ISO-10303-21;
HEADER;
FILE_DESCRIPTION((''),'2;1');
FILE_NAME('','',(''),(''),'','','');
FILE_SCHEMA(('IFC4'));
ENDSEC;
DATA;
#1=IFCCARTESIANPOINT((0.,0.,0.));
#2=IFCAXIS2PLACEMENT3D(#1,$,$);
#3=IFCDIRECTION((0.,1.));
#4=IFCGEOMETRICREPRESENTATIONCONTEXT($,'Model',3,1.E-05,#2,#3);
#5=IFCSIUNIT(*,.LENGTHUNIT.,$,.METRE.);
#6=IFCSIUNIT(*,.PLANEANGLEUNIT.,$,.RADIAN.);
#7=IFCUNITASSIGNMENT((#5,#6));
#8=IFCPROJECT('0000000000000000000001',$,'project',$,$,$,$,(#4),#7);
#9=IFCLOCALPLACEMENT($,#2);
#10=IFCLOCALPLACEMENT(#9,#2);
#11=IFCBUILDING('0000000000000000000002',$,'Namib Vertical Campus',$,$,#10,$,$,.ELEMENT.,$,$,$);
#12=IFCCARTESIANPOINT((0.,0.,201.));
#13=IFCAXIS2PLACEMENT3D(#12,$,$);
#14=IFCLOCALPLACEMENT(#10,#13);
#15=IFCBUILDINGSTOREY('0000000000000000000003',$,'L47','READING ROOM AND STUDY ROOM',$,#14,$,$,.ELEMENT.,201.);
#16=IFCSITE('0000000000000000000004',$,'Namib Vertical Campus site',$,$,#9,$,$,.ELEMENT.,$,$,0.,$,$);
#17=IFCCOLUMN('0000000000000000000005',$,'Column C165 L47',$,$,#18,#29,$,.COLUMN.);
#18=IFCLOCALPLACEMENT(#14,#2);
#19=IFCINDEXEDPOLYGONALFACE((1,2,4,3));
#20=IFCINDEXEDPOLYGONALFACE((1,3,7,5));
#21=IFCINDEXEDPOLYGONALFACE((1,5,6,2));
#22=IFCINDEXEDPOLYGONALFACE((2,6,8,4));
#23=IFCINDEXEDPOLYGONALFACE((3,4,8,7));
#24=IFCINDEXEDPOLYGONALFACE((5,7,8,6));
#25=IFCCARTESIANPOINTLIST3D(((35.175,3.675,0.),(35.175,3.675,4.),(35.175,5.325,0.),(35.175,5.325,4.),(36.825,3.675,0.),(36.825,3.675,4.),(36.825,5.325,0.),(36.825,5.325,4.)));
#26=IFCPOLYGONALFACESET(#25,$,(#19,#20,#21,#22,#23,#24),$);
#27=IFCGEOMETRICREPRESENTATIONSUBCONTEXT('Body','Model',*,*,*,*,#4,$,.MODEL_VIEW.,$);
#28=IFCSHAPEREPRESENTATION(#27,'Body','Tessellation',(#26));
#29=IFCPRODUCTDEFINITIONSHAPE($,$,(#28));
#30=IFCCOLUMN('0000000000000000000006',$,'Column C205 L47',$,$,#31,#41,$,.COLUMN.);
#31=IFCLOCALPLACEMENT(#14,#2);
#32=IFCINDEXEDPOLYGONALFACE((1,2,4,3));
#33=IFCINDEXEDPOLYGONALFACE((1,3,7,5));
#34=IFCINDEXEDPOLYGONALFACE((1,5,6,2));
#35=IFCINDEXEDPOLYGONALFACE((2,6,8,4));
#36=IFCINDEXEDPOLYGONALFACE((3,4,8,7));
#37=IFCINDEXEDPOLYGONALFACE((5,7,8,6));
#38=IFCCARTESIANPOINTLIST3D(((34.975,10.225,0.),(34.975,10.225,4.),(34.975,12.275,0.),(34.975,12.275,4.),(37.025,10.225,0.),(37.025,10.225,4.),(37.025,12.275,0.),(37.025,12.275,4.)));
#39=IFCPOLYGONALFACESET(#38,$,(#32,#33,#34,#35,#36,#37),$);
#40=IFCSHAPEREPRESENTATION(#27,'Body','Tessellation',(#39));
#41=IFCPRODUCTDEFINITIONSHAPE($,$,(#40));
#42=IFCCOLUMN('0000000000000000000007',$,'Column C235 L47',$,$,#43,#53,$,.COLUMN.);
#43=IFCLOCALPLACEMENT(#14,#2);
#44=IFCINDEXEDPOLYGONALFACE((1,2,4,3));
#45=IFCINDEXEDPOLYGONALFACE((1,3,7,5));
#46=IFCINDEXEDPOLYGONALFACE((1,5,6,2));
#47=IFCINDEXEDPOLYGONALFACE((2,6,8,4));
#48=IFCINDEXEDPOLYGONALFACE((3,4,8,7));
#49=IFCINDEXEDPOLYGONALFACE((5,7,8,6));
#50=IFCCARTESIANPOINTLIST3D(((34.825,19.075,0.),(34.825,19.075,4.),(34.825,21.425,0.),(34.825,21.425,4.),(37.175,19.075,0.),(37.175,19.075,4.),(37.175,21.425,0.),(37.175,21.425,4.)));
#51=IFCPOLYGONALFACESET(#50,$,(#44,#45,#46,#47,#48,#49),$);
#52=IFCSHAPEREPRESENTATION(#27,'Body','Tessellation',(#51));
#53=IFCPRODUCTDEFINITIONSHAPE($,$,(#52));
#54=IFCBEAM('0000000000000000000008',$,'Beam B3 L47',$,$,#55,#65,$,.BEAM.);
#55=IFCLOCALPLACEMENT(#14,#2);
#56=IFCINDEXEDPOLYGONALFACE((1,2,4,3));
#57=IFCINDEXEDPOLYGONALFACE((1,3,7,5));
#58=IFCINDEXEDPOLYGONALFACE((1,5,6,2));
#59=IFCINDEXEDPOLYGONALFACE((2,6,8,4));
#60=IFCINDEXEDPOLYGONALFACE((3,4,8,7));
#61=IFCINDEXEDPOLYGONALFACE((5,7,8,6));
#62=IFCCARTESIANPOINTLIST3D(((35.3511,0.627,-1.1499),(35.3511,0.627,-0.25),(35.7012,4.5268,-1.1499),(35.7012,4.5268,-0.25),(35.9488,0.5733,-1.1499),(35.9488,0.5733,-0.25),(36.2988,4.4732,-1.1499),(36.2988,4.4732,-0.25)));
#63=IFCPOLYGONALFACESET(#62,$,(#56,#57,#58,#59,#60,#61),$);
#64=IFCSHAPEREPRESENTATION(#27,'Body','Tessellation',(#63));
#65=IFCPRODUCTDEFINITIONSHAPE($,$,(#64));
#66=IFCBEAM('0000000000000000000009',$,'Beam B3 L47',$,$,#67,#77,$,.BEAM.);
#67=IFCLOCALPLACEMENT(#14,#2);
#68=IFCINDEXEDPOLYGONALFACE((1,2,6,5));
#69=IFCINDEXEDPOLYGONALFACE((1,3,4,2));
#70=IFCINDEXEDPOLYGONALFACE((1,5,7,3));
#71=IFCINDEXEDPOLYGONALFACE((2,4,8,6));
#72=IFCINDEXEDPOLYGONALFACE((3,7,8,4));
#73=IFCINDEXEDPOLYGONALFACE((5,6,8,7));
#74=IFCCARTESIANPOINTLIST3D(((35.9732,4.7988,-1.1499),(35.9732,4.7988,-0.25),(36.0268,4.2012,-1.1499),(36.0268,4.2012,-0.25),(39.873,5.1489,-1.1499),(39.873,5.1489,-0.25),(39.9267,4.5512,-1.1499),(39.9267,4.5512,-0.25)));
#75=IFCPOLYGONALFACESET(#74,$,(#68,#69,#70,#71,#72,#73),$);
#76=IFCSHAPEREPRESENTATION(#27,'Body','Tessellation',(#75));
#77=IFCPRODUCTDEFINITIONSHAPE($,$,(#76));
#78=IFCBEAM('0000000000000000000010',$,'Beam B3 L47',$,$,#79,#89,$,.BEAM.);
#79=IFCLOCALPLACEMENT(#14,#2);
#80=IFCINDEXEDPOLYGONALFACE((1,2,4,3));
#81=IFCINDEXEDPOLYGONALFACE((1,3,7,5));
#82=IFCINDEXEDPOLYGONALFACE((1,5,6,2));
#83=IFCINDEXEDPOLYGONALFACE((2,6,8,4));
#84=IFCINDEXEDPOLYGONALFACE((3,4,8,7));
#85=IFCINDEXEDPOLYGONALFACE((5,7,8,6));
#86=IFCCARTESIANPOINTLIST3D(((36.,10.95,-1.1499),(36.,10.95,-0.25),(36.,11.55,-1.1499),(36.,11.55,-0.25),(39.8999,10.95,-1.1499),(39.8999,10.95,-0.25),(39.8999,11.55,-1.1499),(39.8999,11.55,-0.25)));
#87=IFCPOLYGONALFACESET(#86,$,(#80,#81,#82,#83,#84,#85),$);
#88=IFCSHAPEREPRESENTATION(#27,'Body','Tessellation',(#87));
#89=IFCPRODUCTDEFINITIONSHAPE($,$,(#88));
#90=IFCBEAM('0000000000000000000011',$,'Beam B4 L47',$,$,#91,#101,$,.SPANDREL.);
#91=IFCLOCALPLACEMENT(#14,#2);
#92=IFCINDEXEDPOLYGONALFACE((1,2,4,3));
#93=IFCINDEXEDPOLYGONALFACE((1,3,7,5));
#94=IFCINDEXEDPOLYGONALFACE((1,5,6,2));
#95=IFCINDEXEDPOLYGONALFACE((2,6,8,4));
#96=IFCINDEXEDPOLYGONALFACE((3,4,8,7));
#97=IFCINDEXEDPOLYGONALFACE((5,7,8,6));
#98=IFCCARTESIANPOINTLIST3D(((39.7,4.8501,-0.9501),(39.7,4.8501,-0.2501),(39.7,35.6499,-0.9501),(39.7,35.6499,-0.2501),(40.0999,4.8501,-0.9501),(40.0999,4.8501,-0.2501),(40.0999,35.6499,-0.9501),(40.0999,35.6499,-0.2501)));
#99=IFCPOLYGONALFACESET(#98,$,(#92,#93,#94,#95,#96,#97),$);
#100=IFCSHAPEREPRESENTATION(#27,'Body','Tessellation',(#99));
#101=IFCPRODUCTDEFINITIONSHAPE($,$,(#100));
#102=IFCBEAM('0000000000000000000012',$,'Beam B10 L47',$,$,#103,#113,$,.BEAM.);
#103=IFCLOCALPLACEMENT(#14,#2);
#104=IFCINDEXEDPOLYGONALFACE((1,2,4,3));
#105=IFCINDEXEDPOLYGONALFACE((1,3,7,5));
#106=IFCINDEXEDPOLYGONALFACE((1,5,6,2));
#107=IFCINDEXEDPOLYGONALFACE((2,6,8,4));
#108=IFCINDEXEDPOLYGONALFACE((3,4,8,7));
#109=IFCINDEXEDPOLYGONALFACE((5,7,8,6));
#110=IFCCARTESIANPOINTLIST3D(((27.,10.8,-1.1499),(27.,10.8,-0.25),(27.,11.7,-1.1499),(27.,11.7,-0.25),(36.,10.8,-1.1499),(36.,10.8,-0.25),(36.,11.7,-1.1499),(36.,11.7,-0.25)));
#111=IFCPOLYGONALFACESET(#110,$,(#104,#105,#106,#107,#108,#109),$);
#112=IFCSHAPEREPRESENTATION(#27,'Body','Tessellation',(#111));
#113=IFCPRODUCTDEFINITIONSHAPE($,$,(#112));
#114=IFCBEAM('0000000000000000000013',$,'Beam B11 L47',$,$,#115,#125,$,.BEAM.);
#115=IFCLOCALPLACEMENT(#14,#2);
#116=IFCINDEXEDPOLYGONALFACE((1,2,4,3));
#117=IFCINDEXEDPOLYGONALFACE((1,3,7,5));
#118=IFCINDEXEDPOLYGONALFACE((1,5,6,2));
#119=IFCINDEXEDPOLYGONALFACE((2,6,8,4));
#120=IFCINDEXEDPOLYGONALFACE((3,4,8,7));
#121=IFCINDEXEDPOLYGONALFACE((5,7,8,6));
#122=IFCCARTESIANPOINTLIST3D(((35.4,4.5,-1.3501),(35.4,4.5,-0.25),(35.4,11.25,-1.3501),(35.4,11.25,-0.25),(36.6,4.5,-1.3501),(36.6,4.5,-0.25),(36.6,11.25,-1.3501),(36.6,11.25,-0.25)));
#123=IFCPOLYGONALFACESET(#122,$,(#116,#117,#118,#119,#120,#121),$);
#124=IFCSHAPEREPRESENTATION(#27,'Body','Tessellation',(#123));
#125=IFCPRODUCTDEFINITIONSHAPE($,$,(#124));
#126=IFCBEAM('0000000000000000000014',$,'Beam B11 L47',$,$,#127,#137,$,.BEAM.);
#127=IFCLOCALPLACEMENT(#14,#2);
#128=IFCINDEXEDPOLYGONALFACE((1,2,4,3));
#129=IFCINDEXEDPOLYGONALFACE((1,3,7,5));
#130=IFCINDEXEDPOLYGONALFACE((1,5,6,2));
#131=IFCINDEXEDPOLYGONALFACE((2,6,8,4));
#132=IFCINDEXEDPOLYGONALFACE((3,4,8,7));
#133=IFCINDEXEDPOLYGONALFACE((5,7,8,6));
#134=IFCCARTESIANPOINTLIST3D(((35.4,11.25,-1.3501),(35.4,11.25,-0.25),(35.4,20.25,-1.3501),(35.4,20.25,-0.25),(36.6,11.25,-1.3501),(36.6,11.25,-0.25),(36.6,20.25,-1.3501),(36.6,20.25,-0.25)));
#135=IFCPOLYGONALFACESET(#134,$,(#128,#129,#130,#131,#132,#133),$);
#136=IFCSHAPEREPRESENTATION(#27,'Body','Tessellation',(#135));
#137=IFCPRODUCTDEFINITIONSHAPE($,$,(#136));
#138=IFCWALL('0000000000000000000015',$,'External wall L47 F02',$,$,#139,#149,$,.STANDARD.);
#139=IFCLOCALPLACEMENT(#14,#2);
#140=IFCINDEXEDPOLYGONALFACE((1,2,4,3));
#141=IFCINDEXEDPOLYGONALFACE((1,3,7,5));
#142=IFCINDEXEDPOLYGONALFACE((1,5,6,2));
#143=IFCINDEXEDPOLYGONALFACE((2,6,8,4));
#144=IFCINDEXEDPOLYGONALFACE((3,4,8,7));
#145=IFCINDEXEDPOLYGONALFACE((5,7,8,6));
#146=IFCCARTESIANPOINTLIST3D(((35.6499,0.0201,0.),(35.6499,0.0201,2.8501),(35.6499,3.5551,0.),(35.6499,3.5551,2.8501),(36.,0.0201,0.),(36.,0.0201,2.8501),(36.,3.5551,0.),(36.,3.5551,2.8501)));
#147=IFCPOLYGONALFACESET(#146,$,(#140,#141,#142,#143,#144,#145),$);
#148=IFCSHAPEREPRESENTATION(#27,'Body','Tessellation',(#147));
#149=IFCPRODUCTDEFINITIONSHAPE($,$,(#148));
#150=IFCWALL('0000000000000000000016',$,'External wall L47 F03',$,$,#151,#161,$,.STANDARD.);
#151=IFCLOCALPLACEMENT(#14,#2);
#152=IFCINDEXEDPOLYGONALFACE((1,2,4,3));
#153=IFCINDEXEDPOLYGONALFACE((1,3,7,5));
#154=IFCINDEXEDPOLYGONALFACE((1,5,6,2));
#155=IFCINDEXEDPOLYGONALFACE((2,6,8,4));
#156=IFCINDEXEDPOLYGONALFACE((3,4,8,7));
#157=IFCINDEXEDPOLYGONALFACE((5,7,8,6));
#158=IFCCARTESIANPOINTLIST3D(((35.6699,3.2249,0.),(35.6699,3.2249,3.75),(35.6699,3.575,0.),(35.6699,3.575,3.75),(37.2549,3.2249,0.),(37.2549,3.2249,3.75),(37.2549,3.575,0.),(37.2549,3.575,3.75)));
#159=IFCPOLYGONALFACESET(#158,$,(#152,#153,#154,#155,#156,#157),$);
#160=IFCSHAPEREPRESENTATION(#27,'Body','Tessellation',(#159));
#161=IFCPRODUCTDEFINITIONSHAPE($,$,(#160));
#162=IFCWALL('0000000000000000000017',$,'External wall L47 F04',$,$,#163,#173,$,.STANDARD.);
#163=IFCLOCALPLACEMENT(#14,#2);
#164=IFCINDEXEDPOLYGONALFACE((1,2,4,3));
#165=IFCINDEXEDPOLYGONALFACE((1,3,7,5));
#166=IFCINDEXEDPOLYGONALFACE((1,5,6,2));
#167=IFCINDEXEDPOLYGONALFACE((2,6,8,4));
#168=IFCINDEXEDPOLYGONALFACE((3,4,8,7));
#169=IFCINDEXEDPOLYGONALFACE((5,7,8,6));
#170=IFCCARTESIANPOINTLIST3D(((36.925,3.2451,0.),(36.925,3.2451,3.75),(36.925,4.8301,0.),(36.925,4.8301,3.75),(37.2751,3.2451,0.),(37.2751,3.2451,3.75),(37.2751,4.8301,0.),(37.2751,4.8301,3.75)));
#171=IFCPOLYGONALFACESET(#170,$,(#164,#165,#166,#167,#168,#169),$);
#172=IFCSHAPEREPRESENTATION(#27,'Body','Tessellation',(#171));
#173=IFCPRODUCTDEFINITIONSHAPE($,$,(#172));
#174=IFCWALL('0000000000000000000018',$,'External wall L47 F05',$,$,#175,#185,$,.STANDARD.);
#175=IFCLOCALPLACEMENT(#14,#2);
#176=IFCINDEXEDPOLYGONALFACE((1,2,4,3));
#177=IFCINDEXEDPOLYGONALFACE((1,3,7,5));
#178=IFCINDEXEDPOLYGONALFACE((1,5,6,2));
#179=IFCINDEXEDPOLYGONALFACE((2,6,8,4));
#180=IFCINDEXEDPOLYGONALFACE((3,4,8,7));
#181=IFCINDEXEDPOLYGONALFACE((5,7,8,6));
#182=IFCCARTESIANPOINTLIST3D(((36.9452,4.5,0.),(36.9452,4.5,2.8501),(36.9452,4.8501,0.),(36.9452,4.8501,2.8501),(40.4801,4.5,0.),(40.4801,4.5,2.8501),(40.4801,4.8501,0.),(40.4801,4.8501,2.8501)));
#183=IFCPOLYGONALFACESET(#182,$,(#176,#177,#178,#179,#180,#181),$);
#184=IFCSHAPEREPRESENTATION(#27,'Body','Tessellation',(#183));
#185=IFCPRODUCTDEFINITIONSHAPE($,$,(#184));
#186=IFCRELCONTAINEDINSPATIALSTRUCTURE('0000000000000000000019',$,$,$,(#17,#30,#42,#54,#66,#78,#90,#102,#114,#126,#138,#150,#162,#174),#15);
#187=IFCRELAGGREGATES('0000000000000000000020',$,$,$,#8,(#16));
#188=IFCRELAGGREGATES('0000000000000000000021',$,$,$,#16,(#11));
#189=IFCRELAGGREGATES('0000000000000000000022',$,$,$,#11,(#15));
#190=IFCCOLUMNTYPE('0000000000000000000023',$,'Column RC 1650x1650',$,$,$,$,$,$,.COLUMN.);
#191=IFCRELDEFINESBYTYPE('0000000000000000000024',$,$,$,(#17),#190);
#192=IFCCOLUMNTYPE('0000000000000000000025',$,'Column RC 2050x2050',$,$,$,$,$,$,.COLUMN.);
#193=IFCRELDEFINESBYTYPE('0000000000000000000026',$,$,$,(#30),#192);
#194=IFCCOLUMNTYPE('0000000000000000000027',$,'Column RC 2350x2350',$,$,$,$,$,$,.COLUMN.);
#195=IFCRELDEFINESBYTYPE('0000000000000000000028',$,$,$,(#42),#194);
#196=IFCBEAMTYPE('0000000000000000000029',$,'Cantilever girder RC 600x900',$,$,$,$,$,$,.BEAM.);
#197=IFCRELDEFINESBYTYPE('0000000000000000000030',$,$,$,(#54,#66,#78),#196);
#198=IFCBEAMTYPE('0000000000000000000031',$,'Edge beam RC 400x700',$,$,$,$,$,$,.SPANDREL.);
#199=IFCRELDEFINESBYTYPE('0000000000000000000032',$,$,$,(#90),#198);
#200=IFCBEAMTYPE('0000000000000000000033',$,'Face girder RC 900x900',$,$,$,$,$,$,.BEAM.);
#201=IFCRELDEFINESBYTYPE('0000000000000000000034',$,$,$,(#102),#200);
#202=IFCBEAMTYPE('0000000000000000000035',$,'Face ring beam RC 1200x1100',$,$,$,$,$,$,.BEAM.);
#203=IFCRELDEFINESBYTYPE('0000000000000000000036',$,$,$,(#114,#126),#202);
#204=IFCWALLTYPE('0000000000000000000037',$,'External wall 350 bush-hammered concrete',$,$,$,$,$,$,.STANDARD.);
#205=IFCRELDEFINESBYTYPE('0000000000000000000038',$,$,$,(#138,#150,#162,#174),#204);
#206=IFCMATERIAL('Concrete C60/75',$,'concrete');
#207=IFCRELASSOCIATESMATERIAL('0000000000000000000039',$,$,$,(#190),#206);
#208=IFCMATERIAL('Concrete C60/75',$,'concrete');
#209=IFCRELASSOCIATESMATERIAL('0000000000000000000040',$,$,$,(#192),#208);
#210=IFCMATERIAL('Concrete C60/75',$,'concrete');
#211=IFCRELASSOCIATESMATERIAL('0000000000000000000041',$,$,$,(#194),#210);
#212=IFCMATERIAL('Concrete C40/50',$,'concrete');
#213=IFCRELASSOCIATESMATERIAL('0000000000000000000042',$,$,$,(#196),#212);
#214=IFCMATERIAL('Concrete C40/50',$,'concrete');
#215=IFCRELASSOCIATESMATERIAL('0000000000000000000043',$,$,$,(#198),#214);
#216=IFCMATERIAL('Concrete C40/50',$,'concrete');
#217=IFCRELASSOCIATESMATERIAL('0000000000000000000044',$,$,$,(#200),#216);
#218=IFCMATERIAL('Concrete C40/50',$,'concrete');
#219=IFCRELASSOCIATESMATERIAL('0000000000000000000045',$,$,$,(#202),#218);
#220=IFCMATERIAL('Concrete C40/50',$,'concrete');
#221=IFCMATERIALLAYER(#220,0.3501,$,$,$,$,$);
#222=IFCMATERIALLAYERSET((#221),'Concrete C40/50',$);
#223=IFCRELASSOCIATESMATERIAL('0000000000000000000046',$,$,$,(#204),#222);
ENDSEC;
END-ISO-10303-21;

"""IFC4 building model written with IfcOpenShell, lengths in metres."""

from ifc_helpers import new_model, si_unit, direction, frame, frame_2d, origin, origin_2d, place, context, subcontext, project, spatial, rectangle, extrude, material, layer, layer_set, material_profile, profile_set, type_object, element, save


model = new_model("IFC4")

# Units and contexts
model_context = context("Model", 3, precision=1e-05, world=origin(), true_north=direction((0.0, 1.0)))
body_context = subcontext(model_context, "Body", "Model", "MODEL_VIEW")
ifc_project = project(units=[si_unit("LENGTHUNIT", "METRE"), si_unit("PLANEANGLEUNIT", "RADIAN")], contexts=[model_context])

# Site, building, storey
site_placement = place(None, origin())
site = spatial("IfcSite", under=ifc_project, at=site_placement, Name="Namib Vertical Campus site", CompositionType="ELEMENT", RefElevation=0.0)
building_placement = place(site_placement, origin())
building = spatial("IfcBuilding", under=site, at=building_placement, Name="Namib Vertical Campus", CompositionType="ELEMENT")
storey_placement = place(building_placement, frame((0.0, 0.0, 201.0)))
storey = spatial("IfcBuildingStorey", under=building, at=storey_placement, Name="L47", Description="READING ROOM AND STUDY ROOM", CompositionType="ELEMENT", Elevation=201.0)

# Columns
ifc_material_1 = material(Name="Concrete C60/75", Category="concrete")
ifc_material_profile_1 = material_profile(ifc_material_1, rectangle(XDim=1.6499, YDim=1.6499, at=origin_2d()))
ifc_profile_set_1 = profile_set([ifc_material_profile_1], Name="Concrete C60/75")
column_type_1 = type_object("IfcColumnType", Name="Column RC 1650x1650", PredefinedType="COLUMN", material=ifc_profile_set_1)
column_1_placement = place(storey_placement, frame((36.0, 4.5, 0.0), z_axis=(0.0, 0.0, 1.0), x_axis=(1.0, 0.0, 0.0)))
element("IfcColumn", 1, at=column_1_placement, inside=storey, type_object=column_type_1, Name="Column C165 L47", PredefinedType="COLUMN", context=body_context, shape_type="SweptSolid", body=[
    extrude(rectangle(XDim=1.6499, YDim=1.6499, at=origin_2d()), origin(), (0.0, 0.0, 1.0), 4.0),
])
ifc_material_2 = material(Name="Concrete C60/75", Category="concrete")
ifc_material_profile_2 = material_profile(ifc_material_2, rectangle(XDim=2.05, YDim=2.05, at=origin_2d()))
ifc_profile_set_2 = profile_set([ifc_material_profile_2], Name="Concrete C60/75")
column_type_2 = type_object("IfcColumnType", Name="Column RC 2050x2050", PredefinedType="COLUMN", material=ifc_profile_set_2)
column_2_placement = place(storey_placement, frame((36.0, 11.25, 0.0), z_axis=(0.0, 0.0, 1.0), x_axis=(1.0, 0.0, 0.0)))
element("IfcColumn", 2, at=column_2_placement, inside=storey, type_object=column_type_2, Name="Column C205 L47", PredefinedType="COLUMN", context=body_context, shape_type="SweptSolid", body=[
    extrude(rectangle(XDim=2.05, YDim=2.05, at=origin_2d()), origin(), (0.0, 0.0, 1.0), 4.0),
])
ifc_material_3 = material(Name="Concrete C60/75", Category="concrete")
ifc_material_profile_3 = material_profile(ifc_material_3, rectangle(XDim=2.3501, YDim=2.3501, at=origin_2d()))
ifc_profile_set_3 = profile_set([ifc_material_profile_3], Name="Concrete C60/75")
column_type_3 = type_object("IfcColumnType", Name="Column RC 2350x2350", PredefinedType="COLUMN", material=ifc_profile_set_3)
column_3_placement = place(storey_placement, frame((36.0, 20.25, 0.0), z_axis=(0.0, 0.0, 1.0), x_axis=(1.0, 0.0, 0.0)))
element("IfcColumn", 3, at=column_3_placement, inside=storey, type_object=column_type_3, Name="Column C235 L47", PredefinedType="COLUMN", context=body_context, shape_type="SweptSolid", body=[
    extrude(rectangle(XDim=2.3501, YDim=2.3501, at=origin_2d()), origin(), (0.0, 0.0, 1.0), 4.0),
])

# Beams
ifc_material_4 = material(Name="Concrete C40/50", Category="concrete")
ifc_material_profile_4 = material_profile(ifc_material_4, rectangle(XDim=0.6001, YDim=0.8999, at=origin_2d()))
ifc_profile_set_4 = profile_set([ifc_material_profile_4], Name="Concrete C40/50")
beam_type_1 = type_object("IfcBeamType", Name="Cantilever girder RC 600x900", PredefinedType="BEAM", material=ifc_profile_set_4)
for number, where, z_axis, x_axis, name in (
    (4, (36.0, 4.5, -0.7), (-0.089411, -0.995995, 0.0), (0.995995, -0.089411, 0.0), "Beam B3 L47"),
    (5, (36.0, 4.5, -0.7), (0.995995, 0.089411, 0.0), (-0.089411, 0.995995, 0.0), "Beam B3 L47"),
):
    element("IfcBeam", number, at=place(storey_placement, frame(where, z_axis=z_axis, x_axis=x_axis)), inside=storey, type_object=beam_type_1, Name=name, PredefinedType="BEAM", context=body_context, shape_type="SweptSolid", body=[
        extrude(rectangle(XDim=0.6001, YDim=0.8999, at=origin_2d()), origin(), (0.0, 0.0, 1.0), 3.9155),
    ])
beam_1_placement = place(storey_placement, frame((36.0, 11.25, -0.7), z_axis=(1.0, 0.0, 0.0), x_axis=(0.0, 1.0, 0.0)))
element("IfcBeam", 6, at=beam_1_placement, inside=storey, type_object=beam_type_1, Name="Beam B3 L47", PredefinedType="BEAM", context=body_context, shape_type="SweptSolid", body=[
    extrude(rectangle(XDim=0.6001, YDim=0.8999, at=origin_2d()), origin(), (0.0, 0.0, 1.0), 3.8999),
])
ifc_material_5 = material(Name="Concrete C40/50", Category="concrete")
ifc_material_profile_5 = material_profile(ifc_material_5, rectangle(XDim=0.3999, YDim=0.7, at=origin_2d()))
ifc_profile_set_5 = profile_set([ifc_material_profile_5], Name="Concrete C40/50")
beam_type_2 = type_object("IfcBeamType", Name="Edge beam RC 400x700", PredefinedType="SPANDREL", material=ifc_profile_set_5)
beam_2_placement = place(storey_placement, frame((39.8999, 4.8501, -0.6001), z_axis=(0.0, 1.0, 0.0), x_axis=(-1.0, 0.0, 0.0)))
element("IfcBeam", 7, at=beam_2_placement, inside=storey, type_object=beam_type_2, Name="Beam B4 L47", PredefinedType="SPANDREL", context=body_context, shape_type="SweptSolid", body=[
    extrude(rectangle(XDim=0.3999, YDim=0.7, at=origin_2d()), origin(), (0.0, 0.0, 1.0), 30.7998),
])
ifc_material_6 = material(Name="Concrete C40/50", Category="concrete")
ifc_material_profile_6 = material_profile(ifc_material_6, rectangle(XDim=0.8999, YDim=0.8999, at=origin_2d()))
ifc_profile_set_6 = profile_set([ifc_material_profile_6], Name="Concrete C40/50")
beam_type_3 = type_object("IfcBeamType", Name="Face girder RC 900x900", PredefinedType="BEAM", material=ifc_profile_set_6)
beam_3_placement = place(storey_placement, frame((36.0, 11.25, -0.7), z_axis=(-1.0, 0.0, 0.0), x_axis=(0.0, -1.0, 0.0)))
element("IfcBeam", 8, at=beam_3_placement, inside=storey, type_object=beam_type_3, Name="Beam B10 L47", PredefinedType="BEAM", context=body_context, shape_type="SweptSolid", body=[
    extrude(rectangle(XDim=0.8999, YDim=0.8999, at=origin_2d()), origin(), (0.0, 0.0, 1.0), 9.0),
])
ifc_material_7 = material(Name="Concrete C40/50", Category="concrete")
ifc_material_profile_7 = material_profile(ifc_material_7, rectangle(XDim=1.2, YDim=1.1001, at=origin_2d()))
ifc_profile_set_7 = profile_set([ifc_material_profile_7], Name="Concrete C40/50")
beam_type_4 = type_object("IfcBeamType", Name="Face ring beam RC 1200x1100", PredefinedType="BEAM", material=ifc_profile_set_7)
beam_4_placement = place(storey_placement, frame((36.0, 4.5, -0.8), z_axis=(0.0, 1.0, 0.0), x_axis=(-1.0, 0.0, 0.0)))
element("IfcBeam", 9, at=beam_4_placement, inside=storey, type_object=beam_type_4, Name="Beam B11 L47", PredefinedType="BEAM", context=body_context, shape_type="SweptSolid", body=[
    extrude(rectangle(XDim=1.2, YDim=1.1001, at=origin_2d()), origin(), (0.0, 0.0, 1.0), 6.75),
])
beam_5_placement = place(storey_placement, frame((36.0, 11.25, -0.8), z_axis=(0.0, 1.0, 0.0), x_axis=(-1.0, 0.0, 0.0)))
element("IfcBeam", 10, at=beam_5_placement, inside=storey, type_object=beam_type_4, Name="Beam B11 L47", PredefinedType="BEAM", context=body_context, shape_type="SweptSolid", body=[
    extrude(rectangle(XDim=1.2, YDim=1.1001, at=origin_2d()), origin(), (0.0, 0.0, 1.0), 9.0),
])

# Walls
ifc_material_8 = material(Name="Concrete C40/50", Category="concrete")
ifc_layer_1 = layer(ifc_material_8, 0.3501)
ifc_layer_set_1 = layer_set([ifc_layer_1], Name="Concrete C40/50")
wall_type_1 = type_object("IfcWallType", Name="External wall 350 bush-hammered concrete", PredefinedType="STANDARD", material=ifc_layer_set_1)
wall_1_placement = place(storey_placement, frame((35.825, 0.02, 0.0), z_axis=(0.0, 0.0, 1.0), x_axis=(0.0, 1.0, 0.0)))
element("IfcWall", 11, at=wall_1_placement, inside=storey, type_object=wall_type_1, Name="External wall L47 F02", PredefinedType="STANDARD", context=body_context, shape_type="SweptSolid", body=[
    extrude(rectangle(XDim=3.5349, YDim=0.3501, at=frame_2d((1.7676, 0.0))), origin(), (0.0, 0.0, 1.0), 2.8501),
])
for number, where, z_axis, x_axis, name in (
    (12, (35.6699, 3.3999, 0.0), (0.0, 0.0, 1.0), (1.0, 0.0, 0.0), "External wall L47 F03"),
    (13, (37.1001, 3.2451, 0.0), (0.0, 0.0, 1.0), (0.0, 1.0, 0.0), "External wall L47 F04"),
):
    element("IfcWall", number, at=place(storey_placement, frame(where, z_axis=z_axis, x_axis=x_axis)), inside=storey, type_object=wall_type_1, Name=name, PredefinedType="STANDARD", context=body_context, shape_type="SweptSolid", body=[
        extrude(rectangle(XDim=1.585, YDim=0.3501, at=frame_2d((0.7925, 0.0))), origin(), (0.0, 0.0, 1.0), 3.75),
    ])
wall_2_placement = place(storey_placement, frame((36.9451, 4.675, 0.0), z_axis=(0.0, 0.0, 1.0), x_axis=(1.0, 0.0, 0.0)))
element("IfcWall", 14, at=wall_2_placement, inside=storey, type_object=wall_type_1, Name="External wall L47 F05", PredefinedType="STANDARD", context=body_context, shape_type="SweptSolid", body=[
    extrude(rectangle(XDim=3.5349, YDim=0.3501, at=frame_2d((1.7676, 0.0))), origin(), (0.0, 0.0, 1.0), 2.8501),
])

save(model, "model.ifc")
